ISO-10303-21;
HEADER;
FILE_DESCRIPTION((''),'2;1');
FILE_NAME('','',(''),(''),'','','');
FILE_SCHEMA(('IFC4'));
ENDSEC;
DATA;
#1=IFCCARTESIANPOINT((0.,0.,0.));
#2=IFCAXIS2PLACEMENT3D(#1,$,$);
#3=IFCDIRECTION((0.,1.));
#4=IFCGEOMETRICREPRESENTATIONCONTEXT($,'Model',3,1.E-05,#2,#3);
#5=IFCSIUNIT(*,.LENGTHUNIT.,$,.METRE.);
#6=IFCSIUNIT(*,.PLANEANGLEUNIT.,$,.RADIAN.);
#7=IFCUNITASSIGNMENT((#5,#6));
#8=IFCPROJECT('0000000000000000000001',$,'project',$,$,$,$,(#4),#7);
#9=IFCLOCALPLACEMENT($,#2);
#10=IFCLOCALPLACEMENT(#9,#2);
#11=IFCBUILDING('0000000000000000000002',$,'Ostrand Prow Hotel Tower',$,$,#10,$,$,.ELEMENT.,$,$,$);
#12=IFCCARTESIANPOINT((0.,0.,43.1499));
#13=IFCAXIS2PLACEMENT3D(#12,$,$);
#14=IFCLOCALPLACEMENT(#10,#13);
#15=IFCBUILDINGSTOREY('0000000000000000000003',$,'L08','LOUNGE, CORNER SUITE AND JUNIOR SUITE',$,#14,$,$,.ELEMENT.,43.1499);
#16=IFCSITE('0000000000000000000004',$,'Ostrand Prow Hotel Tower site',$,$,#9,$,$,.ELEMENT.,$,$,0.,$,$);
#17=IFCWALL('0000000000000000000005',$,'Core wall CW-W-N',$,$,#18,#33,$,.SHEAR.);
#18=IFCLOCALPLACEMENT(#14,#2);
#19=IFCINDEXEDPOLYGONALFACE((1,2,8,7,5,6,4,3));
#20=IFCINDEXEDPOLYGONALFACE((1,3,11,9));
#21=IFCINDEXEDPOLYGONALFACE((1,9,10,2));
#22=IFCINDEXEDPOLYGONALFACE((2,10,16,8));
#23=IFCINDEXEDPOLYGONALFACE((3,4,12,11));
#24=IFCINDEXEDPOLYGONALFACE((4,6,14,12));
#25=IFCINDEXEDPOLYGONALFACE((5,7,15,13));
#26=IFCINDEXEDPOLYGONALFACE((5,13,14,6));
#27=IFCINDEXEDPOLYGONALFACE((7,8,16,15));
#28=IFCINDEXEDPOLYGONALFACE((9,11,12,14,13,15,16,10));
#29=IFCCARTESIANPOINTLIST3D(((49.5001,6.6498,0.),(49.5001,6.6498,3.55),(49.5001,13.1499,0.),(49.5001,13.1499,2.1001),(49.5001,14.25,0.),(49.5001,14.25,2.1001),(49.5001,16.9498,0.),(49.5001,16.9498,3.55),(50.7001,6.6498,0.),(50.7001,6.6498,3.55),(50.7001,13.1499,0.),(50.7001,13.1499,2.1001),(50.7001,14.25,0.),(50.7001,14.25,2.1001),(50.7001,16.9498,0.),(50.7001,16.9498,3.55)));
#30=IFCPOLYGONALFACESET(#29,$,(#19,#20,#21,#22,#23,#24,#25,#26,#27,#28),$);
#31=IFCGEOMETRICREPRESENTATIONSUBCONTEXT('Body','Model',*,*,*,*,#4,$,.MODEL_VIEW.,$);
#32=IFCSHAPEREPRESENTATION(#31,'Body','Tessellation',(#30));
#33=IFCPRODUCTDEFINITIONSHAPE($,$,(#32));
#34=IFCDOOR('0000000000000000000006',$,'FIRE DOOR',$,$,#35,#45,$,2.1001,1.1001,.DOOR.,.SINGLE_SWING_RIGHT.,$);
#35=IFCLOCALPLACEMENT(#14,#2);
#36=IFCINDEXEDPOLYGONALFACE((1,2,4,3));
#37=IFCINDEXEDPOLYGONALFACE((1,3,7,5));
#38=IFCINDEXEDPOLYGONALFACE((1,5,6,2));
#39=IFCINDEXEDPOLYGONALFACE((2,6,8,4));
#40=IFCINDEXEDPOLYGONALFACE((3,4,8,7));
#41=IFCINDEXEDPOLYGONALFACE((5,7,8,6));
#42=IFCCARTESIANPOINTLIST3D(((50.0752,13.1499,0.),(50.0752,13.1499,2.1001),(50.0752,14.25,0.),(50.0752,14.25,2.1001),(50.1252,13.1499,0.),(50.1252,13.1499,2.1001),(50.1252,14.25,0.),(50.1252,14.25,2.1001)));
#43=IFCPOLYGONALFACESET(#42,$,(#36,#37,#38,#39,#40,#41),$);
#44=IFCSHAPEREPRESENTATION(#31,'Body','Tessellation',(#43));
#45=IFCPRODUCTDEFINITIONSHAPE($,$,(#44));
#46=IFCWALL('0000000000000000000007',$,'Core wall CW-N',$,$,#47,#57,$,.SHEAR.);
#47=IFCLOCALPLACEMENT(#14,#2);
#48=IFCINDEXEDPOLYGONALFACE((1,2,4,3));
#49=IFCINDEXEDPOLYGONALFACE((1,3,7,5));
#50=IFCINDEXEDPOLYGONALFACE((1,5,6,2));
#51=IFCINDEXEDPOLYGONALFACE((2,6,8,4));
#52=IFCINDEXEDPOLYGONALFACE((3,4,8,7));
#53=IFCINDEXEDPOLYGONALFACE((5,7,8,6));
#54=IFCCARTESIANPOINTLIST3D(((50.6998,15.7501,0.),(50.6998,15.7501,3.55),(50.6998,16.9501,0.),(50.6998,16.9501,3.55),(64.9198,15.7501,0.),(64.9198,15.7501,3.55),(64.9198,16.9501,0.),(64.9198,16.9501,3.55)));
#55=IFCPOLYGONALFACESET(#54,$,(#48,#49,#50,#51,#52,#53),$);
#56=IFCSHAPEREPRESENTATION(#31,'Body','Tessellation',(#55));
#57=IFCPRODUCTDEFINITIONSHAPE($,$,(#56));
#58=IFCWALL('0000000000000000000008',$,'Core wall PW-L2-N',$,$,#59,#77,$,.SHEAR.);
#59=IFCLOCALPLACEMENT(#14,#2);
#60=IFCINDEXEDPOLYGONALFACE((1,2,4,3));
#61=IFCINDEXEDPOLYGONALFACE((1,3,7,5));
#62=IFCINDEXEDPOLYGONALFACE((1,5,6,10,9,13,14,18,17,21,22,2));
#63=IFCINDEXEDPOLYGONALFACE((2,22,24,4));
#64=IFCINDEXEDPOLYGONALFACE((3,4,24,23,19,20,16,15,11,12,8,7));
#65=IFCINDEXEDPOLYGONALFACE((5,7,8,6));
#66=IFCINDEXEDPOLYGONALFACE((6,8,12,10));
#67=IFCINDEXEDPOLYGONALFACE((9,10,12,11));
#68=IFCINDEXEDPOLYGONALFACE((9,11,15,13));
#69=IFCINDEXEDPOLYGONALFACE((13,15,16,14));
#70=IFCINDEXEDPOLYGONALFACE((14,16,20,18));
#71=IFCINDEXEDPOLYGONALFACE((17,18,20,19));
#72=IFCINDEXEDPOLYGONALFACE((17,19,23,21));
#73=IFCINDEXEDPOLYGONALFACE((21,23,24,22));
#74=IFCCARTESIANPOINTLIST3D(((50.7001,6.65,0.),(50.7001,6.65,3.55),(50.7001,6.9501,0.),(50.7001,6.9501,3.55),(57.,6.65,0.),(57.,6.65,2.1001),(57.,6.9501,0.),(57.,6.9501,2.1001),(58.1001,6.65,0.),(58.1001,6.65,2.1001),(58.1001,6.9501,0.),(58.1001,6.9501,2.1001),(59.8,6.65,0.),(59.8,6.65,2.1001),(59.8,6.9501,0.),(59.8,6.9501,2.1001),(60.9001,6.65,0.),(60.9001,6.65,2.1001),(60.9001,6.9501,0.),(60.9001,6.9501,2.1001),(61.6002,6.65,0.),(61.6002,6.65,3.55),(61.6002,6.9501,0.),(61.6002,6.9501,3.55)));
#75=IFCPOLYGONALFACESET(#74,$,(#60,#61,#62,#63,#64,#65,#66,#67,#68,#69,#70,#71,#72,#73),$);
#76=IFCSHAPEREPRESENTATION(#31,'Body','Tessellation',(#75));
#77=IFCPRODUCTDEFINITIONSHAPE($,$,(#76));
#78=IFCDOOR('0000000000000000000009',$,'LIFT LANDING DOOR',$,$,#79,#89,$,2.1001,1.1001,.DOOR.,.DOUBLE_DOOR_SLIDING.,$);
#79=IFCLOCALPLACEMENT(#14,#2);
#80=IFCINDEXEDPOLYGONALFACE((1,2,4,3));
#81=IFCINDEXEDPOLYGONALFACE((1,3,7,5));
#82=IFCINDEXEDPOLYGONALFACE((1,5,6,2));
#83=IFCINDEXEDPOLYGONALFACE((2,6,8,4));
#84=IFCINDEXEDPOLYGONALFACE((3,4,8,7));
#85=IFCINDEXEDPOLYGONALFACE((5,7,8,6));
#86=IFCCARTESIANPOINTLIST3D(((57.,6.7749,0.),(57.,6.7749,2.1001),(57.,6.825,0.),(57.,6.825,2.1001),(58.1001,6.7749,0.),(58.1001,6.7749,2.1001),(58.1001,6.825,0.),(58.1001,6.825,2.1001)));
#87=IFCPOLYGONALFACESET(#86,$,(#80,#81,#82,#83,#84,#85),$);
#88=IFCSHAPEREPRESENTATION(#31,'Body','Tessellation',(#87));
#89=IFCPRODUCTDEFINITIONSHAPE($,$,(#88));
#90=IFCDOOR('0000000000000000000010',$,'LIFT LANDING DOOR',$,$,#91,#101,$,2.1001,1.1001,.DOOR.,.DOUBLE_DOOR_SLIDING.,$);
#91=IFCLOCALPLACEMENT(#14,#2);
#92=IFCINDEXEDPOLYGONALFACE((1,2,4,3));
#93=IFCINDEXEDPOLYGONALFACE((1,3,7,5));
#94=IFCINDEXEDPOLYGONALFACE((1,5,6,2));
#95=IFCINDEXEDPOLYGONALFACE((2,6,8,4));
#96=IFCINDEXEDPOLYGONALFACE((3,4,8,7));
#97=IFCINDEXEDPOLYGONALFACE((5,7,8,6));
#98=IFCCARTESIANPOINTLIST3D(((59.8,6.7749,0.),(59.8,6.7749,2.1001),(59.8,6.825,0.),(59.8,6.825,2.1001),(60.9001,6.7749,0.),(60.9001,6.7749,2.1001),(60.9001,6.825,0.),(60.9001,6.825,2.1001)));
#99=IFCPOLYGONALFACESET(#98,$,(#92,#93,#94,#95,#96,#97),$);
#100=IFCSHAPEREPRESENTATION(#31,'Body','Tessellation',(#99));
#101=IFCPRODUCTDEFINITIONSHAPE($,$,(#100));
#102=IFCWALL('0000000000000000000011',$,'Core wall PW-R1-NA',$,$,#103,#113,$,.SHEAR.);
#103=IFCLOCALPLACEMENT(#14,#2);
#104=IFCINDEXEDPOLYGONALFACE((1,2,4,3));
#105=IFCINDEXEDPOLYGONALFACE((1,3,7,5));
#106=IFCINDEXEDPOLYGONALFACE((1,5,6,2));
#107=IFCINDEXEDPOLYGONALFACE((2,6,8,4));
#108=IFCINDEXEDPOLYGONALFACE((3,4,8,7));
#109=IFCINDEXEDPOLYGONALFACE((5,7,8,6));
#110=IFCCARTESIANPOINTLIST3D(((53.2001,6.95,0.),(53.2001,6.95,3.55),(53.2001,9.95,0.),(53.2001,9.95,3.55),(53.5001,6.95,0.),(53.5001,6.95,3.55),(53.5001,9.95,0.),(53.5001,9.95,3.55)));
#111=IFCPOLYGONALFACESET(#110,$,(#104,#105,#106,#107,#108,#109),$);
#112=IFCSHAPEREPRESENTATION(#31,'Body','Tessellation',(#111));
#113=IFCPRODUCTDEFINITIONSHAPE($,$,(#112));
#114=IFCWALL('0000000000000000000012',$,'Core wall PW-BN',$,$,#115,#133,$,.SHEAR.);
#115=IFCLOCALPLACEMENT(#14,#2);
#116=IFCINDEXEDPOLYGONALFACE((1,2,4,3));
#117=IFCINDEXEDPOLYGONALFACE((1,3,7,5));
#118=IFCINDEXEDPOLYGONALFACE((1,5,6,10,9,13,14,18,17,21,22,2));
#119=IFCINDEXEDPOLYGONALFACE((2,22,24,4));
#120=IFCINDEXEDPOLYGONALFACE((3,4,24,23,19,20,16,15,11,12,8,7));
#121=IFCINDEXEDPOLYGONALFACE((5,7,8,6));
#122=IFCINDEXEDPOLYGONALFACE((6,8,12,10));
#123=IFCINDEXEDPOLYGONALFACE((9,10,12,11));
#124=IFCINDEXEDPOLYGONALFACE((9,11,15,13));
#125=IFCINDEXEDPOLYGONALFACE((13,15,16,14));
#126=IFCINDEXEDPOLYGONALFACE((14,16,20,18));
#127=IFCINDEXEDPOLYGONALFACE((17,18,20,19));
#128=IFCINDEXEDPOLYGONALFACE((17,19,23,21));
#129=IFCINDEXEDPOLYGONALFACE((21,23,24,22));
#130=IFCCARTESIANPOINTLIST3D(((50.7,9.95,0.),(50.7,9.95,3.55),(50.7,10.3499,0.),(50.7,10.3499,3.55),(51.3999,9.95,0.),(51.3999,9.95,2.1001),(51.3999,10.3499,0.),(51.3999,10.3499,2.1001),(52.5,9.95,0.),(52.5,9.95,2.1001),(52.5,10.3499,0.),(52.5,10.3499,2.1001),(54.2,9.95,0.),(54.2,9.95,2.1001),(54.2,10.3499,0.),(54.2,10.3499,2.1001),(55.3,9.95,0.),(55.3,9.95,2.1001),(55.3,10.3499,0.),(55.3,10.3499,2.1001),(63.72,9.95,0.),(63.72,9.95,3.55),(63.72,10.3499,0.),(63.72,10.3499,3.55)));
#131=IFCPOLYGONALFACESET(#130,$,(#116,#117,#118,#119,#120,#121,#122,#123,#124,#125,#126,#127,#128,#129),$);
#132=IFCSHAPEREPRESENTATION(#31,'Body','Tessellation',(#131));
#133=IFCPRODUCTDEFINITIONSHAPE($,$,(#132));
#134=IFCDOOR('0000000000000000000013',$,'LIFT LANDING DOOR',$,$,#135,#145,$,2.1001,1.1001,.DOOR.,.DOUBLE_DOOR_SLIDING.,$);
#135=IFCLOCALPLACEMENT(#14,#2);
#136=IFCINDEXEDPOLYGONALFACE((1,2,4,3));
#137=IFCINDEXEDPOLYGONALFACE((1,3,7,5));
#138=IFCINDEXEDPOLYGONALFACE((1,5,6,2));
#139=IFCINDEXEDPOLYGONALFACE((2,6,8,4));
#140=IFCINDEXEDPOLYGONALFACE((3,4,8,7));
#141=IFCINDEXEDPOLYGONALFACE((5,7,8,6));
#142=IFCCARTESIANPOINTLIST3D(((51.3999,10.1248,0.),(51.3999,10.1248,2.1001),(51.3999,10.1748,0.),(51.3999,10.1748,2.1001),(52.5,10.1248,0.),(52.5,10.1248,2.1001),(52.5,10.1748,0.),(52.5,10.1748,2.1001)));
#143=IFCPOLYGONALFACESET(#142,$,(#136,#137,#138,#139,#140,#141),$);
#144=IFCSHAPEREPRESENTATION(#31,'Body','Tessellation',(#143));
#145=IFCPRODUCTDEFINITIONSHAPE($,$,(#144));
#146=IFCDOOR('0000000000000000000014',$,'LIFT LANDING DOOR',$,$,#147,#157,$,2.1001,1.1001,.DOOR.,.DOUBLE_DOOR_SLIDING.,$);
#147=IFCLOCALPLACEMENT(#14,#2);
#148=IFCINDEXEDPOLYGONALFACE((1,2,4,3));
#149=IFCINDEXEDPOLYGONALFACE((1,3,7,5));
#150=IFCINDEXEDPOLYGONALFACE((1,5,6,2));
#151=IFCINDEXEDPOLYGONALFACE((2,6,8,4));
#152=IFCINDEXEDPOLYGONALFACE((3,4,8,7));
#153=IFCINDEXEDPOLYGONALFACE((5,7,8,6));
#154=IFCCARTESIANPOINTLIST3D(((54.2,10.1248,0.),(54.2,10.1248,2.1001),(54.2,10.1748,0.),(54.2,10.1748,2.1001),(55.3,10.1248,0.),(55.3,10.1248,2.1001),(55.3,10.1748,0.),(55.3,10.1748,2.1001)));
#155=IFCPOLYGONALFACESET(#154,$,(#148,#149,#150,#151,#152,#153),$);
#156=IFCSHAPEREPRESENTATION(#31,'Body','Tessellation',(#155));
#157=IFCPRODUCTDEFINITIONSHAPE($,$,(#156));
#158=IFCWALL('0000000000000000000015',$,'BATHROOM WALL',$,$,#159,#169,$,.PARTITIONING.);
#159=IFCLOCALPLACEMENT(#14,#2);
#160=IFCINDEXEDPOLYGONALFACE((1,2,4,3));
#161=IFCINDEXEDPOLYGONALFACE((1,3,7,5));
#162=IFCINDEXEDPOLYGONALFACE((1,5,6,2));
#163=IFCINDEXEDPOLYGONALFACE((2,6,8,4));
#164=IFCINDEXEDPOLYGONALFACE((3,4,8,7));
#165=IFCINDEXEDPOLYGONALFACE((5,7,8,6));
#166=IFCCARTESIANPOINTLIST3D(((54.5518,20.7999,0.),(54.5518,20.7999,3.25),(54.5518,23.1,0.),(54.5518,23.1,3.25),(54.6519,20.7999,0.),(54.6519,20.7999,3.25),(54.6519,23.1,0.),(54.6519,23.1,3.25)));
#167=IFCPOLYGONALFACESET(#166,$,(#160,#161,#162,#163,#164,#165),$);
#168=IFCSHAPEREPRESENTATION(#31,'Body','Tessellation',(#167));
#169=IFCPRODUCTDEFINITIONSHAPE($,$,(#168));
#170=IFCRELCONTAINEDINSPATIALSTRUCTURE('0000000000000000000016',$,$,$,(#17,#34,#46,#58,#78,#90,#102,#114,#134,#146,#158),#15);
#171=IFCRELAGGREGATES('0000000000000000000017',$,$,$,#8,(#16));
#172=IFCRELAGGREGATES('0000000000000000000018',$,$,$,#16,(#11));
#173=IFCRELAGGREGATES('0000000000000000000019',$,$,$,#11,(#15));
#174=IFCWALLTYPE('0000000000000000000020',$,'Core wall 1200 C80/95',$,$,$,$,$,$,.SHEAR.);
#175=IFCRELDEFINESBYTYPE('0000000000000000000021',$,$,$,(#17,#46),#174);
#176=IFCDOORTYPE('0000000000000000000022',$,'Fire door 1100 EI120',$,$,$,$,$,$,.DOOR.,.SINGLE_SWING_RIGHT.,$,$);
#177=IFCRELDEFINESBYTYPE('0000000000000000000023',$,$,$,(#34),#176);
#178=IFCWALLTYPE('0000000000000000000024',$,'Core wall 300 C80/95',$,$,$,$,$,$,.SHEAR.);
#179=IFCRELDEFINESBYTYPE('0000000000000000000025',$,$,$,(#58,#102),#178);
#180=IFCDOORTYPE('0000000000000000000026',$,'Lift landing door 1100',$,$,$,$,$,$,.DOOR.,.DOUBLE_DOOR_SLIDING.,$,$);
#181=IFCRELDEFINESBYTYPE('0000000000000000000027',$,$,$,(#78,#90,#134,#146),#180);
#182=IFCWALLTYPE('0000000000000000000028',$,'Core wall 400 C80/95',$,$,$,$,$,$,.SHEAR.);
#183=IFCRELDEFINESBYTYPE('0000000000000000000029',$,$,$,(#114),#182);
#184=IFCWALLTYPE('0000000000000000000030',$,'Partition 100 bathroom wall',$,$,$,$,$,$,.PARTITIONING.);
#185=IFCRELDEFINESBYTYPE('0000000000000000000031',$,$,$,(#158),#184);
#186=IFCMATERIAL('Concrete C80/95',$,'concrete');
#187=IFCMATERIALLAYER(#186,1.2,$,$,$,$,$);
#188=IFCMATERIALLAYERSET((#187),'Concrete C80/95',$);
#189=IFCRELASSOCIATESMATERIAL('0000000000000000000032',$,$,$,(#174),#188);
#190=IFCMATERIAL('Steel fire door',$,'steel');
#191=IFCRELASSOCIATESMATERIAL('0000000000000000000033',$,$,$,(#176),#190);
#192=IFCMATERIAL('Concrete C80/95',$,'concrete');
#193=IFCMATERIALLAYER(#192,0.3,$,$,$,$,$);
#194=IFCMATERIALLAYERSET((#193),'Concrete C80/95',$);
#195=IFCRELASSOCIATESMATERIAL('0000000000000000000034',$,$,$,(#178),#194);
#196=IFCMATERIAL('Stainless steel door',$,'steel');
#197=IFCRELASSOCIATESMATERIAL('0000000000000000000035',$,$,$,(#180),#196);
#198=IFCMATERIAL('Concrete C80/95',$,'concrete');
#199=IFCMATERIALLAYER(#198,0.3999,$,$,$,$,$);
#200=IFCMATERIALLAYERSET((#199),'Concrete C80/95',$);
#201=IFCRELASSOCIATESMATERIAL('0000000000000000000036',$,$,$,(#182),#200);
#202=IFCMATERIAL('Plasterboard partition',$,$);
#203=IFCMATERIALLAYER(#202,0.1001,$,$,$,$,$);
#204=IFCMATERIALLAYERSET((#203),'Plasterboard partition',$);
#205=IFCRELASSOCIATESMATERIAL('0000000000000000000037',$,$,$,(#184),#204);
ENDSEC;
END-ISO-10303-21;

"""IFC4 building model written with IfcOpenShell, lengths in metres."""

from ifc_helpers import new_model, si_unit, direction, frame, frame_2d, origin, place, context, subcontext, project, spatial, rectangle, extrude, material, layer, layer_set, type_object, element, fill, save


model = new_model("IFC4")

# Units and contexts
model_context = context("Model", 3, precision=1e-05, world=origin(), true_north=direction((0.0, 1.0)))
body_context = subcontext(model_context, "Body", "Model", "MODEL_VIEW")
ifc_project = project(units=[si_unit("LENGTHUNIT", "METRE"), si_unit("PLANEANGLEUNIT", "RADIAN")], contexts=[model_context])

# Site, building, storey
site_placement = place(None, origin())
site = spatial("IfcSite", under=ifc_project, at=site_placement, Name="Ostrand Prow Hotel Tower site", CompositionType="ELEMENT", RefElevation=0.0)
building_placement = place(site_placement, origin())
building = spatial("IfcBuilding", under=site, at=building_placement, Name="Ostrand Prow Hotel Tower", CompositionType="ELEMENT")
storey_placement = place(building_placement, frame((0.0, 0.0, 43.1499)))
storey = spatial("IfcBuildingStorey", under=building, at=storey_placement, Name="L08", Description="LOUNGE, CORNER SUITE AND JUNIOR SUITE", CompositionType="ELEMENT", Elevation=43.1499)

# Wall, opening, door
ifc_material_1 = material(Name="Concrete C80/95", Category="concrete")
ifc_layer_1 = layer(ifc_material_1, 1.2)
ifc_layer_set_1 = layer_set([ifc_layer_1], Name="Concrete C80/95")
wall_type_1 = type_object("IfcWallType", Name="Core wall 1200 C80/95", PredefinedType="SHEAR", material=ifc_layer_set_1)
wall_1_placement = place(storey_placement, frame((50.1001, 6.6499, 0.0), z_axis=(0.0, 0.0, 1.0), x_axis=(0.0, 1.0, 0.0)))
wall_1 = element("IfcWall", 1, at=wall_1_placement, inside=storey, type_object=wall_type_1, Name="Core wall CW-W-N", PredefinedType="SHEAR", context=body_context, shape_type="SweptSolid", body=[
    extrude(rectangle(XDim=10.3, YDim=1.2, at=frame_2d((5.1499, 0.0))), origin(), (0.0, 0.0, 1.0), 3.55),
])
opening_1_placement = place(wall_1_placement, frame((6.5, 0.0, 0.0)))
opening_1 = element("IfcOpeningElement", 2, at=opening_1_placement, cuts=wall_1, PredefinedType="OPENING", context=body_context, shape_type="SweptSolid", body=[
    extrude(rectangle(XDim=1.1001, YDim=2.1001, at=frame_2d((0.55, 1.05))), frame((0.0, 0.6099, 0.0), z_axis=(0.0, -1.0, 0.0), x_axis=(1.0, 0.0, 0.0)), (0.0, 0.0, 1.0), 1.22),
])
ifc_material_2 = material(Name="Steel fire door", Category="steel")
door_type_1 = type_object("IfcDoorType", Name="Fire door 1100 EI120", OperationType="SINGLE_SWING_RIGHT", PredefinedType="DOOR", material=ifc_material_2)
door_1_placement = place(opening_1_placement, origin())
door_1 = element("IfcDoor", 3, at=door_1_placement, inside=storey, type_object=door_type_1, Name="FIRE DOOR", OperationType="SINGLE_SWING_RIGHT", OverallHeight=2.1001, OverallWidth=1.1001, PredefinedType="DOOR", context=body_context, shape_type="SweptSolid", body=[
    extrude(rectangle(XDim=1.1001, YDim=2.1001, at=frame_2d((0.55, 1.05))), frame((0.0, 0.0249, 0.0), z_axis=(0.0, -1.0, 0.0), x_axis=(1.0, 0.0, 0.0)), (0.0, 0.0, 1.0), 0.05),
])
fill(opening_1, door_1)

# Wall
wall_2_placement = place(storey_placement, frame((50.7, 16.3501, 0.0), z_axis=(0.0, 0.0, 1.0), x_axis=(1.0, 0.0, 0.0)))
element("IfcWall", 4, at=wall_2_placement, inside=storey, type_object=wall_type_1, Name="Core wall CW-N", PredefinedType="SHEAR", context=body_context, shape_type="SweptSolid", body=[
    extrude(rectangle(XDim=14.22, YDim=1.2, at=frame_2d((7.1099, 0.0))), origin(), (0.0, 0.0, 1.0), 3.55),
])

# Wall, openings, doors
ifc_material_3 = material(Name="Concrete C80/95", Category="concrete")
ifc_layer_2 = layer(ifc_material_3, 0.3)
ifc_layer_set_2 = layer_set([ifc_layer_2], Name="Concrete C80/95")
wall_type_2 = type_object("IfcWallType", Name="Core wall 300 C80/95", PredefinedType="SHEAR", material=ifc_layer_set_2)
wall_3_placement = place(storey_placement, frame((50.7, 6.8, 0.0), z_axis=(0.0, 0.0, 1.0), x_axis=(1.0, 0.0, 0.0)))
wall_3 = element("IfcWall", 5, at=wall_3_placement, inside=storey, type_object=wall_type_2, Name="Core wall PW-L2-N", PredefinedType="SHEAR", context=body_context, shape_type="SweptSolid", body=[
    extrude(rectangle(XDim=10.9001, YDim=0.3, at=frame_2d((5.4502, 0.0))), origin(), (0.0, 0.0, 1.0), 3.55),
])
opening_2_placement = place(wall_3_placement, frame((6.3, 0.0, 0.0)))
opening_2 = element("IfcOpeningElement", 6, at=opening_2_placement, cuts=wall_3, PredefinedType="OPENING", context=body_context, shape_type="SweptSolid", body=[
    extrude(rectangle(XDim=1.1001, YDim=2.1001, at=frame_2d((0.55, 1.05))), frame((0.0, 0.1599, 0.0), z_axis=(0.0, -1.0, 0.0), x_axis=(1.0, 0.0, 0.0)), (0.0, 0.0, 1.0), 0.3201),
])
opening_3_placement = place(wall_3_placement, frame((9.1001, 0.0, 0.0)))
opening_3 = element("IfcOpeningElement", 7, at=opening_3_placement, cuts=wall_3, PredefinedType="OPENING", context=body_context, shape_type="SweptSolid", body=[
    extrude(rectangle(XDim=1.1001, YDim=2.1001, at=frame_2d((0.55, 1.05))), frame((0.0, 0.1599, 0.0), z_axis=(0.0, -1.0, 0.0), x_axis=(1.0, 0.0, 0.0)), (0.0, 0.0, 1.0), 0.3201),
])
ifc_material_4 = material(Name="Stainless steel door", Category="steel")
door_type_2 = type_object("IfcDoorType", Name="Lift landing door 1100", OperationType="DOUBLE_DOOR_SLIDING", PredefinedType="DOOR", material=ifc_material_4)
door_2_placement = place(opening_2_placement, origin())
door_2 = element("IfcDoor", 8, at=door_2_placement, inside=storey, type_object=door_type_2, Name="LIFT LANDING DOOR", OperationType="DOUBLE_DOOR_SLIDING", OverallHeight=2.1001, OverallWidth=1.1001, PredefinedType="DOOR", context=body_context, shape_type="SweptSolid", body=[
    extrude(rectangle(XDim=1.1001, YDim=2.1001, at=frame_2d((0.55, 1.05))), frame((0.0, 0.0249, 0.0), z_axis=(0.0, -1.0, 0.0), x_axis=(1.0, 0.0, 0.0)), (0.0, 0.0, 1.0), 0.05),
])
fill(opening_2, door_2)
door_3_placement = place(opening_3_placement, origin())
door_3 = element("IfcDoor", 9, at=door_3_placement, inside=storey, type_object=door_type_2, Name="LIFT LANDING DOOR", OperationType="DOUBLE_DOOR_SLIDING", OverallHeight=2.1001, OverallWidth=1.1001, PredefinedType="DOOR", context=body_context, shape_type="SweptSolid", body=[
    extrude(rectangle(XDim=1.1001, YDim=2.1001, at=frame_2d((0.55, 1.05))), frame((0.0, 0.0249, 0.0), z_axis=(0.0, -1.0, 0.0), x_axis=(1.0, 0.0, 0.0)), (0.0, 0.0, 1.0), 0.05),
])
fill(opening_3, door_3)

# Wall
wall_4_placement = place(storey_placement, frame((53.3501, 6.95, 0.0), z_axis=(0.0, 0.0, 1.0), x_axis=(0.0, 1.0, 0.0)))
element("IfcWall", 10, at=wall_4_placement, inside=storey, type_object=wall_type_2, Name="Core wall PW-R1-NA", PredefinedType="SHEAR", context=body_context, shape_type="SweptSolid", body=[
    extrude(rectangle(XDim=3.0, YDim=0.3, at=frame_2d((1.5, 0.0))), origin(), (0.0, 0.0, 1.0), 3.55),
])

# Wall, openings, doors
ifc_material_5 = material(Name="Concrete C80/95", Category="concrete")
ifc_layer_3 = layer(ifc_material_5, 0.3999)
ifc_layer_set_3 = layer_set([ifc_layer_3], Name="Concrete C80/95")
wall_type_3 = type_object("IfcWallType", Name="Core wall 400 C80/95", PredefinedType="SHEAR", material=ifc_layer_set_3)
wall_5_placement = place(storey_placement, frame((50.7, 10.1499, 0.0), z_axis=(0.0, 0.0, 1.0), x_axis=(1.0, 0.0, 0.0)))
wall_5 = element("IfcWall", 11, at=wall_5_placement, inside=storey, type_object=wall_type_3, Name="Core wall PW-BN", PredefinedType="SHEAR", context=body_context, shape_type="SweptSolid", body=[
    extrude(rectangle(XDim=13.02, YDim=0.3999, at=frame_2d((6.51, 0.0))), origin(), (0.0, 0.0, 1.0), 3.55),
])
opening_4_placement = place(wall_5_placement, frame((0.7, 0.0, 0.0)))
opening_4 = element("IfcOpeningElement", 12, at=opening_4_placement, cuts=wall_5, PredefinedType="OPENING", context=body_context, shape_type="SweptSolid", body=[
    extrude(rectangle(XDim=1.1001, YDim=2.1001, at=frame_2d((0.55, 1.05))), frame((0.0, 0.21, 0.0), z_axis=(0.0, -1.0, 0.0), x_axis=(1.0, 0.0, 0.0)), (0.0, 0.0, 1.0), 0.4199),
])
opening_5_placement = place(wall_5_placement, frame((3.5, 0.0, 0.0)))
opening_5 = element("IfcOpeningElement", 13, at=opening_5_placement, cuts=wall_5, PredefinedType="OPENING", context=body_context, shape_type="SweptSolid", body=[
    extrude(rectangle(XDim=1.1001, YDim=2.1001, at=frame_2d((0.55, 1.05))), frame((0.0, 0.21, 0.0), z_axis=(0.0, -1.0, 0.0), x_axis=(1.0, 0.0, 0.0)), (0.0, 0.0, 1.0), 0.4199),
])
door_4_placement = place(opening_4_placement, origin())
door_4 = element("IfcDoor", 14, at=door_4_placement, inside=storey, type_object=door_type_2, Name="LIFT LANDING DOOR", OperationType="DOUBLE_DOOR_SLIDING", OverallHeight=2.1001, OverallWidth=1.1001, PredefinedType="DOOR", context=body_context, shape_type="SweptSolid", body=[
    extrude(rectangle(XDim=1.1001, YDim=2.1001, at=frame_2d((0.55, 1.05))), frame((0.0, 0.0249, 0.0), z_axis=(0.0, -1.0, 0.0), x_axis=(1.0, 0.0, 0.0)), (0.0, 0.0, 1.0), 0.05),
])
fill(opening_4, door_4)
door_5_placement = place(opening_5_placement, origin())
door_5 = element("IfcDoor", 15, at=door_5_placement, inside=storey, type_object=door_type_2, Name="LIFT LANDING DOOR", OperationType="DOUBLE_DOOR_SLIDING", OverallHeight=2.1001, OverallWidth=1.1001, PredefinedType="DOOR", context=body_context, shape_type="SweptSolid", body=[
    extrude(rectangle(XDim=1.1001, YDim=2.1001, at=frame_2d((0.55, 1.05))), frame((0.0, 0.0249, 0.0), z_axis=(0.0, -1.0, 0.0), x_axis=(1.0, 0.0, 0.0)), (0.0, 0.0, 1.0), 0.05),
])
fill(opening_5, door_5)

# Wall
ifc_material_6 = material(Name="Plasterboard partition")
ifc_layer_4 = layer(ifc_material_6, 0.1001)
ifc_layer_set_4 = layer_set([ifc_layer_4], Name="Plasterboard partition")
wall_type_4 = type_object("IfcWallType", Name="Partition 100 bathroom wall", PredefinedType="PARTITIONING", material=ifc_layer_set_4)
wall_6_placement = place(storey_placement, frame((54.6018, 20.8, 0.0), z_axis=(0.0, 0.0, 1.0), x_axis=(0.0, 1.0, 0.0)))
element("IfcWall", 16, at=wall_6_placement, inside=storey, type_object=wall_type_4, Name="BATHROOM WALL", PredefinedType="PARTITIONING", context=body_context, shape_type="SweptSolid", body=[
    extrude(rectangle(XDim=2.3, YDim=0.1001, at=frame_2d((1.1499, 0.0))), origin(), (0.0, 0.0, 1.0), 3.25),
])

save(model, "model.ifc")
